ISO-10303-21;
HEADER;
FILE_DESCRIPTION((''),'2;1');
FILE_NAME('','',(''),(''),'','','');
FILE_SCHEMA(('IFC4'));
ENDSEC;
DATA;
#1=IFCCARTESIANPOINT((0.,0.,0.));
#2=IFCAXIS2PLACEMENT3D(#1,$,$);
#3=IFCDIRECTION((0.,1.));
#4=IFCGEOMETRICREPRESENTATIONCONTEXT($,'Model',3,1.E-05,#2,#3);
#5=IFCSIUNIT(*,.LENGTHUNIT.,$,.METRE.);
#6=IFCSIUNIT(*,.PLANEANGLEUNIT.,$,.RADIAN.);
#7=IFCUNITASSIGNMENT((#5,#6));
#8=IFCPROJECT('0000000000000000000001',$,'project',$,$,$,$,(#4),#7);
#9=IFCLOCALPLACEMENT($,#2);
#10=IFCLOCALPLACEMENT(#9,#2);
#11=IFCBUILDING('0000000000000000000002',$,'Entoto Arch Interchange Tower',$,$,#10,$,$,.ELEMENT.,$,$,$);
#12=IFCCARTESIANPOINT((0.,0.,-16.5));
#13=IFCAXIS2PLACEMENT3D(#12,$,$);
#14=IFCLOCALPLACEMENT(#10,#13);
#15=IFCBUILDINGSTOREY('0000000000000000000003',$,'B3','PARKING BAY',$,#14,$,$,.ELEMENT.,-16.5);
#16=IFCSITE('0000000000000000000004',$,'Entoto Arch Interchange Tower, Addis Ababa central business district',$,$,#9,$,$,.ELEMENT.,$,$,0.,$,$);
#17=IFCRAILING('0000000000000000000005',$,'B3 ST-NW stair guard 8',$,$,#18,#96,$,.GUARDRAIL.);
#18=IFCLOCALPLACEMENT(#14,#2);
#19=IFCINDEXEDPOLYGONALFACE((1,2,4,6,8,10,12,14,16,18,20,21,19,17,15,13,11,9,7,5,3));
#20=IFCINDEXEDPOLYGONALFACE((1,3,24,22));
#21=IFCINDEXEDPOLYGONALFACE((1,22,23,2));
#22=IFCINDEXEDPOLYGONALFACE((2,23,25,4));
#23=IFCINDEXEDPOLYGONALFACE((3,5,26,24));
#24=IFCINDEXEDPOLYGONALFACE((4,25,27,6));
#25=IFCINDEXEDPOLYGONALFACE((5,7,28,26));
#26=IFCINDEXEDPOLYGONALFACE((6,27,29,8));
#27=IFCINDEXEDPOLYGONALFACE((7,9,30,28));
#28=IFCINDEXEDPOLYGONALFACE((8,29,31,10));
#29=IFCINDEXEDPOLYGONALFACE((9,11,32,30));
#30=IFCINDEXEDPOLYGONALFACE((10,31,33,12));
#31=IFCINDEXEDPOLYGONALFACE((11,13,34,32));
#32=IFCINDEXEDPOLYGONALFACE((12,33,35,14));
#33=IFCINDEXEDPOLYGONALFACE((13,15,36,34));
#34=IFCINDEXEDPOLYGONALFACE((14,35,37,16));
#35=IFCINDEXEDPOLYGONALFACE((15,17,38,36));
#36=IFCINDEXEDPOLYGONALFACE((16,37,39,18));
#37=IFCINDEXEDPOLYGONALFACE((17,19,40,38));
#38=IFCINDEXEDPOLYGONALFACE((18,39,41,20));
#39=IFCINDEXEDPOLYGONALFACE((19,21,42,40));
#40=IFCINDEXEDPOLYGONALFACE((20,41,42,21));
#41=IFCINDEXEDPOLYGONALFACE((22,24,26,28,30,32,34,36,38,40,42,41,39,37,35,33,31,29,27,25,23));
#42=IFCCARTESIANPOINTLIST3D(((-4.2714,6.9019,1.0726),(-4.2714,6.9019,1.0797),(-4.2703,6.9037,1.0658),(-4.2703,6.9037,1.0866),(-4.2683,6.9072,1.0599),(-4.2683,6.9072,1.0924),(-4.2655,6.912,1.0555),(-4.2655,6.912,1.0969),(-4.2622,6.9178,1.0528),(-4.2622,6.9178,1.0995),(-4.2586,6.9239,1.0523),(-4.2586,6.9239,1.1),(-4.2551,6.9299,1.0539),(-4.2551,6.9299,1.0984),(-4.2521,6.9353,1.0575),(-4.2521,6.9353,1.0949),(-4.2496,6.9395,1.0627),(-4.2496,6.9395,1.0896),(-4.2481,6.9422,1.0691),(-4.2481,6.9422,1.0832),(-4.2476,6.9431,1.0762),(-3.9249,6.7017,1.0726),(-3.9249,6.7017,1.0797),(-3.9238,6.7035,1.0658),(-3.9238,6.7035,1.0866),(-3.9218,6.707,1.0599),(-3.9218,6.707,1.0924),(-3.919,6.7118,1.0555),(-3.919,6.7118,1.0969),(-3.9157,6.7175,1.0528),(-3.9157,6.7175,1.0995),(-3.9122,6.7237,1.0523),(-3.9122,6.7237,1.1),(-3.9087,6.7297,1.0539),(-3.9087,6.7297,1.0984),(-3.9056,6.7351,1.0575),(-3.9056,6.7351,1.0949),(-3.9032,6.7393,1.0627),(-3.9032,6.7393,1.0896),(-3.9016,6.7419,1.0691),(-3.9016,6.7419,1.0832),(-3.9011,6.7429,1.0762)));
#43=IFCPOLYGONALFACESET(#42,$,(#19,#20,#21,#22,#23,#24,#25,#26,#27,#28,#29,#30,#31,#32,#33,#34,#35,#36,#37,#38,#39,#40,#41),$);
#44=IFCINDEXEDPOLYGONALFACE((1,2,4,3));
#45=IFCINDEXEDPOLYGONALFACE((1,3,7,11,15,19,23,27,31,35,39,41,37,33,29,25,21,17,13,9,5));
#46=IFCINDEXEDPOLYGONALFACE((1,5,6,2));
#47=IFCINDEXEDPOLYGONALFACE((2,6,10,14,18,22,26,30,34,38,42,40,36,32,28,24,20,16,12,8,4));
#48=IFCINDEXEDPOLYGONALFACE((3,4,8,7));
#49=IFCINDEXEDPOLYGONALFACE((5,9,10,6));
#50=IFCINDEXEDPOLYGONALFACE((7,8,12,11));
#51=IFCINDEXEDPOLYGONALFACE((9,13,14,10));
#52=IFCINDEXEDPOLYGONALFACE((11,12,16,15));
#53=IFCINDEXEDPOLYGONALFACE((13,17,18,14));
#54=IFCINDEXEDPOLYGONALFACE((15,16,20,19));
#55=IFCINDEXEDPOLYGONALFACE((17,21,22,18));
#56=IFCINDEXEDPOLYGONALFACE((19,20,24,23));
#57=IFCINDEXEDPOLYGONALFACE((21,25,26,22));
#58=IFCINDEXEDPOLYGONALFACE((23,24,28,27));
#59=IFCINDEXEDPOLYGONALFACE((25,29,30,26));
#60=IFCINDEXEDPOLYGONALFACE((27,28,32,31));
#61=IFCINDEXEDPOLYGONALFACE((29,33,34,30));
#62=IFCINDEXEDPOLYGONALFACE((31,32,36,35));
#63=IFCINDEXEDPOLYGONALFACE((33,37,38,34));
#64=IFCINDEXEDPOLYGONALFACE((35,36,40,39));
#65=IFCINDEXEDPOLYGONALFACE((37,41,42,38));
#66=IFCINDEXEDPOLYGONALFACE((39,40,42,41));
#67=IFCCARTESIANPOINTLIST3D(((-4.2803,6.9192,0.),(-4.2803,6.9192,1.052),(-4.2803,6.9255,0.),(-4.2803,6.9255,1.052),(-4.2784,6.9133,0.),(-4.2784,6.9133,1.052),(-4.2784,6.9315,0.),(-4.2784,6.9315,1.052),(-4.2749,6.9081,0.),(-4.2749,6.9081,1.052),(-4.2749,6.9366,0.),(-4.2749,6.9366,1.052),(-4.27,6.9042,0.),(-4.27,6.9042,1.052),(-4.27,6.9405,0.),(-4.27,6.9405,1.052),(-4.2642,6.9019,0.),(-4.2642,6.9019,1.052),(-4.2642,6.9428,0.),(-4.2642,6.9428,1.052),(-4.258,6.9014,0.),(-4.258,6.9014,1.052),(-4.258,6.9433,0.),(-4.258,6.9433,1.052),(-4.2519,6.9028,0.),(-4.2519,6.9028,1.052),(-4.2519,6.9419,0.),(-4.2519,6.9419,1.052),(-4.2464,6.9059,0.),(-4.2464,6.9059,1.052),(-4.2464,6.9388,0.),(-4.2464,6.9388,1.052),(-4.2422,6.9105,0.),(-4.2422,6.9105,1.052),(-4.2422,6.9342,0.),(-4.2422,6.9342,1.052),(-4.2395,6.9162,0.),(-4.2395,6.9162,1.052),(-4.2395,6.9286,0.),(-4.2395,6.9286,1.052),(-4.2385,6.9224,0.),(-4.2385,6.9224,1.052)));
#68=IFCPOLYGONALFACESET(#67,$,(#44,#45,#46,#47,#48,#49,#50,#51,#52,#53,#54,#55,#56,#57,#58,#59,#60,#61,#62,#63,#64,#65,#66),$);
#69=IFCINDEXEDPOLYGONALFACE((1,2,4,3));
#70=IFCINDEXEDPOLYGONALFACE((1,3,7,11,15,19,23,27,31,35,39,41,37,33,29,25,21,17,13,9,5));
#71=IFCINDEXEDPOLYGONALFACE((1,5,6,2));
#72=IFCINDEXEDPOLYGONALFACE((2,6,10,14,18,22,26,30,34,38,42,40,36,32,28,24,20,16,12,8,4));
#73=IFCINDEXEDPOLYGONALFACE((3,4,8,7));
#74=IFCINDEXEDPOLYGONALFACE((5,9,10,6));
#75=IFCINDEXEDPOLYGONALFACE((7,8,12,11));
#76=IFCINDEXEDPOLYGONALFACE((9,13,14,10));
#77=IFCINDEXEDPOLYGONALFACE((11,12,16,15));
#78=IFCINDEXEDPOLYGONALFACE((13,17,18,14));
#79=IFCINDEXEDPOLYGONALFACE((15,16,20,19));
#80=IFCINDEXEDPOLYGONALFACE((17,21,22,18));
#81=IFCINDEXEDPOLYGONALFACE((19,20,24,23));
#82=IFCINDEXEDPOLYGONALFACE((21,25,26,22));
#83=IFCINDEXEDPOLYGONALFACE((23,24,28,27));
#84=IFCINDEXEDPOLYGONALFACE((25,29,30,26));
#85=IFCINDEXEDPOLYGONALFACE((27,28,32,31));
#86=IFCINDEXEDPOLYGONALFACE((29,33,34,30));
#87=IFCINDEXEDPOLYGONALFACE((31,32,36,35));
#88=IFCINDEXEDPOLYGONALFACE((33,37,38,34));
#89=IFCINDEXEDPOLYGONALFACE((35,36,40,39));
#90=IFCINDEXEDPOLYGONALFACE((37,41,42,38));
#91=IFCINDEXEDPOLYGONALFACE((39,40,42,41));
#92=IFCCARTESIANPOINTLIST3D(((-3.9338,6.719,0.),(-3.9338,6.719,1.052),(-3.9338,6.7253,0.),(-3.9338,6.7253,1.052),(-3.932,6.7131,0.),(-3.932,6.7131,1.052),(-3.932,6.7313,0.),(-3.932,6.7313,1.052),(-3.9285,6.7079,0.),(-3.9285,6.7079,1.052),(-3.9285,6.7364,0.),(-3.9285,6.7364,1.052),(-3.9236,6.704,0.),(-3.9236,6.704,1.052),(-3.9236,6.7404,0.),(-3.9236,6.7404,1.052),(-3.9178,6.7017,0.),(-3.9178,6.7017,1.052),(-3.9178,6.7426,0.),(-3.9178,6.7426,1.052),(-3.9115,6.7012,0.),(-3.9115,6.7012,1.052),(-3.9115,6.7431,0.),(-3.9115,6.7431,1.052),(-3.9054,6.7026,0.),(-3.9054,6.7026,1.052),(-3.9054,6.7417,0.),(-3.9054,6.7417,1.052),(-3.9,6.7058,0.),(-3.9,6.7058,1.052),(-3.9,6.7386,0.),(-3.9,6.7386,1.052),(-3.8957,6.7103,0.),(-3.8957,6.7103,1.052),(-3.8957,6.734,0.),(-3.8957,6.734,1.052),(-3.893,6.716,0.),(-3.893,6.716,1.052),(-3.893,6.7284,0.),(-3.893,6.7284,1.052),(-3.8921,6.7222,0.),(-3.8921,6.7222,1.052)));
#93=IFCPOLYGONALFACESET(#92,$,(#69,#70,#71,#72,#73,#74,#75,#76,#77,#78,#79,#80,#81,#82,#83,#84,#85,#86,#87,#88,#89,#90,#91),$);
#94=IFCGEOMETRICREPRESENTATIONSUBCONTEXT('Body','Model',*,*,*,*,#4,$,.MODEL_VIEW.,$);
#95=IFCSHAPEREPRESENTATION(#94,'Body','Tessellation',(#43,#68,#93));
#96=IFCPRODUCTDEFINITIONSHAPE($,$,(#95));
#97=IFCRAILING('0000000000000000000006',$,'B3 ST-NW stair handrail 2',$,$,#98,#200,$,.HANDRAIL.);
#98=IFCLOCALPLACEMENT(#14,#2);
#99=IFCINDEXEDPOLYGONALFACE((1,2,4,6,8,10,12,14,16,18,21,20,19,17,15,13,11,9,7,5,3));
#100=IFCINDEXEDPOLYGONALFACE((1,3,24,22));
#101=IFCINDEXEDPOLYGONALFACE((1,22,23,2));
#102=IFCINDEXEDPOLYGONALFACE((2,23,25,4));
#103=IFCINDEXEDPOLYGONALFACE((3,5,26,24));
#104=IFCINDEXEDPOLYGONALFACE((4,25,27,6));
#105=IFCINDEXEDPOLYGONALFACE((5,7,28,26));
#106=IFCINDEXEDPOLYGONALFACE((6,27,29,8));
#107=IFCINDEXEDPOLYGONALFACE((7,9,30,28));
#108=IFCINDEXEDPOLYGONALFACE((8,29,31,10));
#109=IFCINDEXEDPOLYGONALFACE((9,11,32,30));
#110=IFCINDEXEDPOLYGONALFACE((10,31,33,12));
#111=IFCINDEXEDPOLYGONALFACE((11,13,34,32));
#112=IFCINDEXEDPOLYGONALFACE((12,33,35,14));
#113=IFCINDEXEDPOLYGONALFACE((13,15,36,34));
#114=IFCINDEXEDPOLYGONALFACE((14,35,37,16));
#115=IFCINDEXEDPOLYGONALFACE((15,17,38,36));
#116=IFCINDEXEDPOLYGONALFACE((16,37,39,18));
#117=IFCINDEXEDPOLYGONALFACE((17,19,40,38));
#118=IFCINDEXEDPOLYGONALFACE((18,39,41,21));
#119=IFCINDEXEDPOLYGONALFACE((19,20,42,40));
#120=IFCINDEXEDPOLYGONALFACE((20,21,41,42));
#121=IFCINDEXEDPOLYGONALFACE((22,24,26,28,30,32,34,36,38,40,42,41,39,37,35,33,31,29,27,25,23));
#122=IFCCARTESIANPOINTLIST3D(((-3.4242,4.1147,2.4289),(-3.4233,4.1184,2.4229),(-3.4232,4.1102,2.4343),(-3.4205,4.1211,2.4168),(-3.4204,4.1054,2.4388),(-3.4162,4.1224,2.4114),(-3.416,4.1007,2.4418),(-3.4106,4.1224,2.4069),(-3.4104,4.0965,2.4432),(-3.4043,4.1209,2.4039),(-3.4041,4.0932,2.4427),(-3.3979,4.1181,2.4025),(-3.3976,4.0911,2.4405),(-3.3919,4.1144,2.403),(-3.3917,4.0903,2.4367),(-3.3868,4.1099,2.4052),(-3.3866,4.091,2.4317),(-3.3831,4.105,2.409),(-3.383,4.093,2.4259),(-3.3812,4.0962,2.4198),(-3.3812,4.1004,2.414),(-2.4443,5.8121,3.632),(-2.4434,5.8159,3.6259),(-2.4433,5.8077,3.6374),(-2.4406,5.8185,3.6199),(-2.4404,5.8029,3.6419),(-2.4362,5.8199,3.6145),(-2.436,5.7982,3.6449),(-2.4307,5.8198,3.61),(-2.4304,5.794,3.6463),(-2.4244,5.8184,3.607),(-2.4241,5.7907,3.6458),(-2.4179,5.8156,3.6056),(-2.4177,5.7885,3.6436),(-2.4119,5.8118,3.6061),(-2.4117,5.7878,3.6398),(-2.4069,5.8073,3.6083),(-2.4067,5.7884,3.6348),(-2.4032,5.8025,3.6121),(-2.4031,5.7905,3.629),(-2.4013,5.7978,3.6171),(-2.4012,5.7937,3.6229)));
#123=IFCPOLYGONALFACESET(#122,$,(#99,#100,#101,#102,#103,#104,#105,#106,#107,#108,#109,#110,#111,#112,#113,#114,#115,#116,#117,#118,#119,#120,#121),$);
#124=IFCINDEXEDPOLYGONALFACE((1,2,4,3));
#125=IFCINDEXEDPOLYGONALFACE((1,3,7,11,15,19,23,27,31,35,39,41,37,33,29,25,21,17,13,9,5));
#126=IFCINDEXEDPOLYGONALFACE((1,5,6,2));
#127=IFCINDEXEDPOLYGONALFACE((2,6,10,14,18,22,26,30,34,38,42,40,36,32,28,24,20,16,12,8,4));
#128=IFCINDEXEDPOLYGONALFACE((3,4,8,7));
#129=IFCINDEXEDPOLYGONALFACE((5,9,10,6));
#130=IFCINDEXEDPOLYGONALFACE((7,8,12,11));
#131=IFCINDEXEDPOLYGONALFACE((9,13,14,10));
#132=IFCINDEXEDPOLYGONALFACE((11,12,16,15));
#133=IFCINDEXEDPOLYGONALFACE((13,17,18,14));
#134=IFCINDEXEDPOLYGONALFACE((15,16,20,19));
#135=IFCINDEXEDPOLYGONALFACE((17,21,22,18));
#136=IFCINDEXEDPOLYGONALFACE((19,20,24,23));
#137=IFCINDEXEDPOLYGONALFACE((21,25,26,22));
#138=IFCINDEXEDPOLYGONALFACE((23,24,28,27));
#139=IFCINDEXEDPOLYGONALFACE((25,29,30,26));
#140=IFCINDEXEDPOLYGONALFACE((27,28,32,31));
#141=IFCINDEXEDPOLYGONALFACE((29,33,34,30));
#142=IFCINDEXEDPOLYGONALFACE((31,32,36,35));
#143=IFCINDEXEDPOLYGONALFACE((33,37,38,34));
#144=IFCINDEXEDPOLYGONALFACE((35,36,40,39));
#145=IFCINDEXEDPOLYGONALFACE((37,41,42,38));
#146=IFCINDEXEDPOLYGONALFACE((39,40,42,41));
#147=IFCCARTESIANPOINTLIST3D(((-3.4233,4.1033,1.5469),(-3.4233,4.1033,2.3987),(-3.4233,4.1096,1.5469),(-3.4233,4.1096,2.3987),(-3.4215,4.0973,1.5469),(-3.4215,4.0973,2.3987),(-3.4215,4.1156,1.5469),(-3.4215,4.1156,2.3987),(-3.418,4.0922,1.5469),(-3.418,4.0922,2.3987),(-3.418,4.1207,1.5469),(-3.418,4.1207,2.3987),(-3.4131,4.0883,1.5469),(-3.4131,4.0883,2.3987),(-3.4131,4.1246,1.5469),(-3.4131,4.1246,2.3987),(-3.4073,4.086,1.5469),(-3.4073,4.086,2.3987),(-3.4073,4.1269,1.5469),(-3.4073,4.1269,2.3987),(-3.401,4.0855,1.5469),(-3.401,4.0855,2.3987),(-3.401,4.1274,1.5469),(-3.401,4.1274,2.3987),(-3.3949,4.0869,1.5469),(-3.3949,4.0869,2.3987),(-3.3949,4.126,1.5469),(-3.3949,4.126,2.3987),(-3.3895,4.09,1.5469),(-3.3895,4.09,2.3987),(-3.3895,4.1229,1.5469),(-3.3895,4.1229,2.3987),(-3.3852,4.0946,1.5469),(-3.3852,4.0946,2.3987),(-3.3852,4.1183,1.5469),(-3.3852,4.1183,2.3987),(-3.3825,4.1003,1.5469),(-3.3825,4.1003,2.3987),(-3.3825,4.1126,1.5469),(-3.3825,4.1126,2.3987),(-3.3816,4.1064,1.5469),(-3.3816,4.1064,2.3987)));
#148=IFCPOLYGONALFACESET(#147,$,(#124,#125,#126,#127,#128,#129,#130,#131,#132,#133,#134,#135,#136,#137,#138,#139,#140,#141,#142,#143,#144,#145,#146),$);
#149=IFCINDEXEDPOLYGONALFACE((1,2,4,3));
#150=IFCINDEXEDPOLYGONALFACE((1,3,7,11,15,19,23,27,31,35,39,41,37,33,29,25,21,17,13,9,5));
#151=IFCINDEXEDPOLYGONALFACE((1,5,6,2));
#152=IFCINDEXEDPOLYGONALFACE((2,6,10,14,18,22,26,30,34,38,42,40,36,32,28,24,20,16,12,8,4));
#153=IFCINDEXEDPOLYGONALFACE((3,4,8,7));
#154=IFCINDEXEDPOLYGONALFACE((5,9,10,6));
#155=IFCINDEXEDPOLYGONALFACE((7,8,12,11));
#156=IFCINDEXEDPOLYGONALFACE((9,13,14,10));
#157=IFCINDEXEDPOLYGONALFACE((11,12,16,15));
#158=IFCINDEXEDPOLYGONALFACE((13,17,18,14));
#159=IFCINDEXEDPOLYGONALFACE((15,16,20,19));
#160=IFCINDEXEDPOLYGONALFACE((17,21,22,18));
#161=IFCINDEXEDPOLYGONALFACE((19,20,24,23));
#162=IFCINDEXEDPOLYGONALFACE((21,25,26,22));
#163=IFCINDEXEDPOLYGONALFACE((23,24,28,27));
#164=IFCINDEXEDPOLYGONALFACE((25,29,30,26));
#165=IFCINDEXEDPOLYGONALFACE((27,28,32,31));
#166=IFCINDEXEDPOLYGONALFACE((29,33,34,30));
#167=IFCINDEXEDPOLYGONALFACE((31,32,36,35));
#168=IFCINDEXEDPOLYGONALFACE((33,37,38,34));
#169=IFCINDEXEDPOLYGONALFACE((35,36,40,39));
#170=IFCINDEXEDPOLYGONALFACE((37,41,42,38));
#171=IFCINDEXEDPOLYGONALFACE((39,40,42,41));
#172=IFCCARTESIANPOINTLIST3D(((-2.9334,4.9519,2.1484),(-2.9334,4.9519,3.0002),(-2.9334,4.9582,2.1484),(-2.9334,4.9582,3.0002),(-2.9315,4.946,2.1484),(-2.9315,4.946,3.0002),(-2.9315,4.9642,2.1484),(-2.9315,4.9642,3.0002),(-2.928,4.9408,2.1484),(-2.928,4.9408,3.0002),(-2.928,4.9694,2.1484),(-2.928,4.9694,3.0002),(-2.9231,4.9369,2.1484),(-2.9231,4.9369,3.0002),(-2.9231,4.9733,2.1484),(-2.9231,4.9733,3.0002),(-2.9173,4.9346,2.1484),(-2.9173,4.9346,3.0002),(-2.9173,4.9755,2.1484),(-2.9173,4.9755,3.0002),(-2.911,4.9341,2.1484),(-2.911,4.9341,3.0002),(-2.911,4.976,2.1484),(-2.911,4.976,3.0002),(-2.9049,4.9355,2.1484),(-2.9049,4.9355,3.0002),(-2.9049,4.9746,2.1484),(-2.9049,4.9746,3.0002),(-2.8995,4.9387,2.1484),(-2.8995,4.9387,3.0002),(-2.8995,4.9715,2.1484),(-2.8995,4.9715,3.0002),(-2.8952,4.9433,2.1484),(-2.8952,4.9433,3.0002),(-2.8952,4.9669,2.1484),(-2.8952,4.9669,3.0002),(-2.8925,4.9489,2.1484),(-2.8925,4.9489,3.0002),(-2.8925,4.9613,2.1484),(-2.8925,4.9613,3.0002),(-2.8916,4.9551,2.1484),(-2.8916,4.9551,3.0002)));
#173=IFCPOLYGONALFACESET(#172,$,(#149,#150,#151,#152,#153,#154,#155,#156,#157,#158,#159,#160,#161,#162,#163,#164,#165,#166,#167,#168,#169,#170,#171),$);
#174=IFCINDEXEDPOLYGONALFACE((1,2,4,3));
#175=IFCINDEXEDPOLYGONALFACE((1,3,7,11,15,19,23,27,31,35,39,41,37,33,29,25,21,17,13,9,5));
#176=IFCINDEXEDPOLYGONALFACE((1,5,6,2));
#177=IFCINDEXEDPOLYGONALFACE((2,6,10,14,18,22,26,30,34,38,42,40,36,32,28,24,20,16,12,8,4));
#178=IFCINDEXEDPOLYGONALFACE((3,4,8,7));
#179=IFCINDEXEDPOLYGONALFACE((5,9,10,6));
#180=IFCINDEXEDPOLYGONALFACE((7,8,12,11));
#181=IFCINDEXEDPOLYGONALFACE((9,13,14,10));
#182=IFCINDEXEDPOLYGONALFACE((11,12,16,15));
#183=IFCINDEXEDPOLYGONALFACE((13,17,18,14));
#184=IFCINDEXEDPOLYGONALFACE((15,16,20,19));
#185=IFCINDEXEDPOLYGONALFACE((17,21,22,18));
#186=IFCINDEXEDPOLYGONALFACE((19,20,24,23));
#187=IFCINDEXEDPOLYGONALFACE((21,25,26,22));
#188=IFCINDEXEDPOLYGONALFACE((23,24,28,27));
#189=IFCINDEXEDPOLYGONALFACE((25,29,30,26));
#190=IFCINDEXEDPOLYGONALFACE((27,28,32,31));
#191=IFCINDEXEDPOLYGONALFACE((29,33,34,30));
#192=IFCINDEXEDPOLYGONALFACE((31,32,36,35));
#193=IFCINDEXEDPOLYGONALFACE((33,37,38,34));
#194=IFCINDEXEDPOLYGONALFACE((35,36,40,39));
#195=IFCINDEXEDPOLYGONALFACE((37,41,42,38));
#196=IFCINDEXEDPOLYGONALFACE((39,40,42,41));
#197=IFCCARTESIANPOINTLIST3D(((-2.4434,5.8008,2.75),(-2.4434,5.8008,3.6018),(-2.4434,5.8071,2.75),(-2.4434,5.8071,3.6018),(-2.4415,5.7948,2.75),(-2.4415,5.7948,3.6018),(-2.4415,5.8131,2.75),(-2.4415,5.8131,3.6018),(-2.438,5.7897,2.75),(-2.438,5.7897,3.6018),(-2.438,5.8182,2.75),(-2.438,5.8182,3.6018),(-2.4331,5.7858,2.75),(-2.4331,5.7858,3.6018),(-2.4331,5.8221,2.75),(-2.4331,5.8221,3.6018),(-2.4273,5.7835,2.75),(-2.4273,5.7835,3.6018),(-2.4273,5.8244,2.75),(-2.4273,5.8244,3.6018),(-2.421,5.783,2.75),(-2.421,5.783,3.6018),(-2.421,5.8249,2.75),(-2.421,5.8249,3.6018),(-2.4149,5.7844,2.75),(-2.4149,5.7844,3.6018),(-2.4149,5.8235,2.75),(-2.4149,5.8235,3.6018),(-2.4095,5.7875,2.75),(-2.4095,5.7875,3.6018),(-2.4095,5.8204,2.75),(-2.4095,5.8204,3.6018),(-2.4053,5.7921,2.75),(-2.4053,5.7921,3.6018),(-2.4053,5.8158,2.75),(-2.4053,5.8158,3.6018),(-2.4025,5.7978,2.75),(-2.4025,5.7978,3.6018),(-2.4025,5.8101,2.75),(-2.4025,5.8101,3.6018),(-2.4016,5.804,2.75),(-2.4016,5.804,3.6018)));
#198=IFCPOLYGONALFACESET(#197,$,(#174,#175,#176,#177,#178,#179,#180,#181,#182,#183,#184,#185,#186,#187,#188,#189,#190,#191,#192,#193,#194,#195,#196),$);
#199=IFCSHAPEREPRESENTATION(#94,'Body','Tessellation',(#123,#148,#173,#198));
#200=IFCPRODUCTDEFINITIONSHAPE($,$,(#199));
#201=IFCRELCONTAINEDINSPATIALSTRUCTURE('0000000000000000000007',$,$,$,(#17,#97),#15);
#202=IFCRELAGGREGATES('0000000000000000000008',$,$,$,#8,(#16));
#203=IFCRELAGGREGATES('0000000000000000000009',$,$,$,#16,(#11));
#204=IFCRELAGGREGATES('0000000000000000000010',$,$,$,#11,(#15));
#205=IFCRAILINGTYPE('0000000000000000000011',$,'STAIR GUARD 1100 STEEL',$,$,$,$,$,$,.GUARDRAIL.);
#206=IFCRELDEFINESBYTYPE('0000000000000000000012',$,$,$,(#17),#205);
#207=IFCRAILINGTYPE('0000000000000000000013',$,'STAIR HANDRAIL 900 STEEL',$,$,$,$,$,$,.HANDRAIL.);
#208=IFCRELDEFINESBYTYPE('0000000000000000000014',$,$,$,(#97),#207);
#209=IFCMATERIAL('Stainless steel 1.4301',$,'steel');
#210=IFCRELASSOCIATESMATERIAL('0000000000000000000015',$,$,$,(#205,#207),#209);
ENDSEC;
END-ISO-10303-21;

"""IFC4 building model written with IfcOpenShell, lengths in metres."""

from ifc_helpers import new_model, si_unit, direction, frame, origin, origin_2d, place, context, subcontext, project, spatial, circle, extrude, material, type_object, element, save


model = new_model("IFC4")

# Units and contexts
model_context = context("Model", 3, precision=1e-05, world=origin(), true_north=direction((0.0, 1.0)))
body_context = subcontext(model_context, "Body", "Model", "MODEL_VIEW")
ifc_project = project(units=[si_unit("LENGTHUNIT", "METRE"), si_unit("PLANEANGLEUNIT", "RADIAN")], contexts=[model_context])

# Site, building, storey
site_placement = place(None, origin())
site = spatial("IfcSite", under=ifc_project, at=site_placement, Name="Entoto Arch Interchange Tower, Addis Ababa central business district", CompositionType="ELEMENT", RefElevation=0.0)
building_placement = place(site_placement, origin())
building = spatial("IfcBuilding", under=site, at=building_placement, Name="Entoto Arch Interchange Tower", CompositionType="ELEMENT")
storey_placement = place(building_placement, frame((0.0, 0.0, -16.5)))
storey = spatial("IfcBuildingStorey", under=building, at=storey_placement, Name="B3", Description="PARKING BAY", CompositionType="ELEMENT", Elevation=-16.5)

# Railings
ifc_material_1 = material(Name="Stainless steel 1.4301", Category="steel")
railing_type_1 = type_object("IfcRailingType", Name="STAIR GUARD 1100 STEEL", PredefinedType="GUARDRAIL", material=ifc_material_1)
for number, where, name in (
    (1, (-4.2595, 6.9224, 0.0), "B3 ST-NW stair guard 8"),
):
    element("IfcRailing", number, at=place(storey_placement, frame(where)), inside=storey, type_object=railing_type_1, Name=name, PredefinedType="GUARDRAIL", context=body_context, shape_type="SweptSolid", body=[
        extrude(circle(Radius=0.0239, at=origin_2d()), frame((0.0, 0.0, 1.0762), z_axis=(0.86583, -0.500339, 0.0), x_axis=(0.500339, 0.86583, 0.0)), (0.0, 0.0, 1.0), 0.4001),
        extrude(circle(Radius=0.021, at=origin_2d()), origin(), (0.0, 0.0, 1.0), 1.052),
        extrude(circle(Radius=0.021, at=origin_2d()), frame((0.3464, -0.2002, 0.0)), (0.0, 0.0, 1.0), 1.052),
    ])
railing_type_2 = type_object("IfcRailingType", Name="STAIR HANDRAIL 900 STEEL", PredefinedType="HANDRAIL", material=ifc_material_1)
for number, where, name in (
    (2, (-3.4026, 4.1064, 1.5469), "B3 ST-NW stair handrail 2"),
):
    element("IfcRailing", number, at=place(storey_placement, frame(where)), inside=storey, type_object=railing_type_2, Name=name, PredefinedType="HANDRAIL", context=body_context, shape_type="SweptSolid", body=[
        extrude(circle(Radius=0.0239, at=origin_2d()), frame((0.0, 0.0, 0.876), z_axis=(0.426102, 0.738089, 0.523127), x_axis=(-0.866042, 0.49997, 0.0)), (0.0, 0.0, 1.0), 2.2998),
        extrude(circle(Radius=0.021, at=origin_2d()), origin(), (0.0, 0.0, 1.0), 0.8518),
        extrude(circle(Radius=0.021, at=origin_2d()), frame((0.49, 0.8486, 0.6016)), (0.0, 0.0, 1.0), 0.8518),
        extrude(circle(Radius=0.021, at=origin_2d()), frame((0.98, 1.6975, 1.2031)), (0.0, 0.0, 1.0), 0.8518),
    ])

save(model, "model.ifc")
